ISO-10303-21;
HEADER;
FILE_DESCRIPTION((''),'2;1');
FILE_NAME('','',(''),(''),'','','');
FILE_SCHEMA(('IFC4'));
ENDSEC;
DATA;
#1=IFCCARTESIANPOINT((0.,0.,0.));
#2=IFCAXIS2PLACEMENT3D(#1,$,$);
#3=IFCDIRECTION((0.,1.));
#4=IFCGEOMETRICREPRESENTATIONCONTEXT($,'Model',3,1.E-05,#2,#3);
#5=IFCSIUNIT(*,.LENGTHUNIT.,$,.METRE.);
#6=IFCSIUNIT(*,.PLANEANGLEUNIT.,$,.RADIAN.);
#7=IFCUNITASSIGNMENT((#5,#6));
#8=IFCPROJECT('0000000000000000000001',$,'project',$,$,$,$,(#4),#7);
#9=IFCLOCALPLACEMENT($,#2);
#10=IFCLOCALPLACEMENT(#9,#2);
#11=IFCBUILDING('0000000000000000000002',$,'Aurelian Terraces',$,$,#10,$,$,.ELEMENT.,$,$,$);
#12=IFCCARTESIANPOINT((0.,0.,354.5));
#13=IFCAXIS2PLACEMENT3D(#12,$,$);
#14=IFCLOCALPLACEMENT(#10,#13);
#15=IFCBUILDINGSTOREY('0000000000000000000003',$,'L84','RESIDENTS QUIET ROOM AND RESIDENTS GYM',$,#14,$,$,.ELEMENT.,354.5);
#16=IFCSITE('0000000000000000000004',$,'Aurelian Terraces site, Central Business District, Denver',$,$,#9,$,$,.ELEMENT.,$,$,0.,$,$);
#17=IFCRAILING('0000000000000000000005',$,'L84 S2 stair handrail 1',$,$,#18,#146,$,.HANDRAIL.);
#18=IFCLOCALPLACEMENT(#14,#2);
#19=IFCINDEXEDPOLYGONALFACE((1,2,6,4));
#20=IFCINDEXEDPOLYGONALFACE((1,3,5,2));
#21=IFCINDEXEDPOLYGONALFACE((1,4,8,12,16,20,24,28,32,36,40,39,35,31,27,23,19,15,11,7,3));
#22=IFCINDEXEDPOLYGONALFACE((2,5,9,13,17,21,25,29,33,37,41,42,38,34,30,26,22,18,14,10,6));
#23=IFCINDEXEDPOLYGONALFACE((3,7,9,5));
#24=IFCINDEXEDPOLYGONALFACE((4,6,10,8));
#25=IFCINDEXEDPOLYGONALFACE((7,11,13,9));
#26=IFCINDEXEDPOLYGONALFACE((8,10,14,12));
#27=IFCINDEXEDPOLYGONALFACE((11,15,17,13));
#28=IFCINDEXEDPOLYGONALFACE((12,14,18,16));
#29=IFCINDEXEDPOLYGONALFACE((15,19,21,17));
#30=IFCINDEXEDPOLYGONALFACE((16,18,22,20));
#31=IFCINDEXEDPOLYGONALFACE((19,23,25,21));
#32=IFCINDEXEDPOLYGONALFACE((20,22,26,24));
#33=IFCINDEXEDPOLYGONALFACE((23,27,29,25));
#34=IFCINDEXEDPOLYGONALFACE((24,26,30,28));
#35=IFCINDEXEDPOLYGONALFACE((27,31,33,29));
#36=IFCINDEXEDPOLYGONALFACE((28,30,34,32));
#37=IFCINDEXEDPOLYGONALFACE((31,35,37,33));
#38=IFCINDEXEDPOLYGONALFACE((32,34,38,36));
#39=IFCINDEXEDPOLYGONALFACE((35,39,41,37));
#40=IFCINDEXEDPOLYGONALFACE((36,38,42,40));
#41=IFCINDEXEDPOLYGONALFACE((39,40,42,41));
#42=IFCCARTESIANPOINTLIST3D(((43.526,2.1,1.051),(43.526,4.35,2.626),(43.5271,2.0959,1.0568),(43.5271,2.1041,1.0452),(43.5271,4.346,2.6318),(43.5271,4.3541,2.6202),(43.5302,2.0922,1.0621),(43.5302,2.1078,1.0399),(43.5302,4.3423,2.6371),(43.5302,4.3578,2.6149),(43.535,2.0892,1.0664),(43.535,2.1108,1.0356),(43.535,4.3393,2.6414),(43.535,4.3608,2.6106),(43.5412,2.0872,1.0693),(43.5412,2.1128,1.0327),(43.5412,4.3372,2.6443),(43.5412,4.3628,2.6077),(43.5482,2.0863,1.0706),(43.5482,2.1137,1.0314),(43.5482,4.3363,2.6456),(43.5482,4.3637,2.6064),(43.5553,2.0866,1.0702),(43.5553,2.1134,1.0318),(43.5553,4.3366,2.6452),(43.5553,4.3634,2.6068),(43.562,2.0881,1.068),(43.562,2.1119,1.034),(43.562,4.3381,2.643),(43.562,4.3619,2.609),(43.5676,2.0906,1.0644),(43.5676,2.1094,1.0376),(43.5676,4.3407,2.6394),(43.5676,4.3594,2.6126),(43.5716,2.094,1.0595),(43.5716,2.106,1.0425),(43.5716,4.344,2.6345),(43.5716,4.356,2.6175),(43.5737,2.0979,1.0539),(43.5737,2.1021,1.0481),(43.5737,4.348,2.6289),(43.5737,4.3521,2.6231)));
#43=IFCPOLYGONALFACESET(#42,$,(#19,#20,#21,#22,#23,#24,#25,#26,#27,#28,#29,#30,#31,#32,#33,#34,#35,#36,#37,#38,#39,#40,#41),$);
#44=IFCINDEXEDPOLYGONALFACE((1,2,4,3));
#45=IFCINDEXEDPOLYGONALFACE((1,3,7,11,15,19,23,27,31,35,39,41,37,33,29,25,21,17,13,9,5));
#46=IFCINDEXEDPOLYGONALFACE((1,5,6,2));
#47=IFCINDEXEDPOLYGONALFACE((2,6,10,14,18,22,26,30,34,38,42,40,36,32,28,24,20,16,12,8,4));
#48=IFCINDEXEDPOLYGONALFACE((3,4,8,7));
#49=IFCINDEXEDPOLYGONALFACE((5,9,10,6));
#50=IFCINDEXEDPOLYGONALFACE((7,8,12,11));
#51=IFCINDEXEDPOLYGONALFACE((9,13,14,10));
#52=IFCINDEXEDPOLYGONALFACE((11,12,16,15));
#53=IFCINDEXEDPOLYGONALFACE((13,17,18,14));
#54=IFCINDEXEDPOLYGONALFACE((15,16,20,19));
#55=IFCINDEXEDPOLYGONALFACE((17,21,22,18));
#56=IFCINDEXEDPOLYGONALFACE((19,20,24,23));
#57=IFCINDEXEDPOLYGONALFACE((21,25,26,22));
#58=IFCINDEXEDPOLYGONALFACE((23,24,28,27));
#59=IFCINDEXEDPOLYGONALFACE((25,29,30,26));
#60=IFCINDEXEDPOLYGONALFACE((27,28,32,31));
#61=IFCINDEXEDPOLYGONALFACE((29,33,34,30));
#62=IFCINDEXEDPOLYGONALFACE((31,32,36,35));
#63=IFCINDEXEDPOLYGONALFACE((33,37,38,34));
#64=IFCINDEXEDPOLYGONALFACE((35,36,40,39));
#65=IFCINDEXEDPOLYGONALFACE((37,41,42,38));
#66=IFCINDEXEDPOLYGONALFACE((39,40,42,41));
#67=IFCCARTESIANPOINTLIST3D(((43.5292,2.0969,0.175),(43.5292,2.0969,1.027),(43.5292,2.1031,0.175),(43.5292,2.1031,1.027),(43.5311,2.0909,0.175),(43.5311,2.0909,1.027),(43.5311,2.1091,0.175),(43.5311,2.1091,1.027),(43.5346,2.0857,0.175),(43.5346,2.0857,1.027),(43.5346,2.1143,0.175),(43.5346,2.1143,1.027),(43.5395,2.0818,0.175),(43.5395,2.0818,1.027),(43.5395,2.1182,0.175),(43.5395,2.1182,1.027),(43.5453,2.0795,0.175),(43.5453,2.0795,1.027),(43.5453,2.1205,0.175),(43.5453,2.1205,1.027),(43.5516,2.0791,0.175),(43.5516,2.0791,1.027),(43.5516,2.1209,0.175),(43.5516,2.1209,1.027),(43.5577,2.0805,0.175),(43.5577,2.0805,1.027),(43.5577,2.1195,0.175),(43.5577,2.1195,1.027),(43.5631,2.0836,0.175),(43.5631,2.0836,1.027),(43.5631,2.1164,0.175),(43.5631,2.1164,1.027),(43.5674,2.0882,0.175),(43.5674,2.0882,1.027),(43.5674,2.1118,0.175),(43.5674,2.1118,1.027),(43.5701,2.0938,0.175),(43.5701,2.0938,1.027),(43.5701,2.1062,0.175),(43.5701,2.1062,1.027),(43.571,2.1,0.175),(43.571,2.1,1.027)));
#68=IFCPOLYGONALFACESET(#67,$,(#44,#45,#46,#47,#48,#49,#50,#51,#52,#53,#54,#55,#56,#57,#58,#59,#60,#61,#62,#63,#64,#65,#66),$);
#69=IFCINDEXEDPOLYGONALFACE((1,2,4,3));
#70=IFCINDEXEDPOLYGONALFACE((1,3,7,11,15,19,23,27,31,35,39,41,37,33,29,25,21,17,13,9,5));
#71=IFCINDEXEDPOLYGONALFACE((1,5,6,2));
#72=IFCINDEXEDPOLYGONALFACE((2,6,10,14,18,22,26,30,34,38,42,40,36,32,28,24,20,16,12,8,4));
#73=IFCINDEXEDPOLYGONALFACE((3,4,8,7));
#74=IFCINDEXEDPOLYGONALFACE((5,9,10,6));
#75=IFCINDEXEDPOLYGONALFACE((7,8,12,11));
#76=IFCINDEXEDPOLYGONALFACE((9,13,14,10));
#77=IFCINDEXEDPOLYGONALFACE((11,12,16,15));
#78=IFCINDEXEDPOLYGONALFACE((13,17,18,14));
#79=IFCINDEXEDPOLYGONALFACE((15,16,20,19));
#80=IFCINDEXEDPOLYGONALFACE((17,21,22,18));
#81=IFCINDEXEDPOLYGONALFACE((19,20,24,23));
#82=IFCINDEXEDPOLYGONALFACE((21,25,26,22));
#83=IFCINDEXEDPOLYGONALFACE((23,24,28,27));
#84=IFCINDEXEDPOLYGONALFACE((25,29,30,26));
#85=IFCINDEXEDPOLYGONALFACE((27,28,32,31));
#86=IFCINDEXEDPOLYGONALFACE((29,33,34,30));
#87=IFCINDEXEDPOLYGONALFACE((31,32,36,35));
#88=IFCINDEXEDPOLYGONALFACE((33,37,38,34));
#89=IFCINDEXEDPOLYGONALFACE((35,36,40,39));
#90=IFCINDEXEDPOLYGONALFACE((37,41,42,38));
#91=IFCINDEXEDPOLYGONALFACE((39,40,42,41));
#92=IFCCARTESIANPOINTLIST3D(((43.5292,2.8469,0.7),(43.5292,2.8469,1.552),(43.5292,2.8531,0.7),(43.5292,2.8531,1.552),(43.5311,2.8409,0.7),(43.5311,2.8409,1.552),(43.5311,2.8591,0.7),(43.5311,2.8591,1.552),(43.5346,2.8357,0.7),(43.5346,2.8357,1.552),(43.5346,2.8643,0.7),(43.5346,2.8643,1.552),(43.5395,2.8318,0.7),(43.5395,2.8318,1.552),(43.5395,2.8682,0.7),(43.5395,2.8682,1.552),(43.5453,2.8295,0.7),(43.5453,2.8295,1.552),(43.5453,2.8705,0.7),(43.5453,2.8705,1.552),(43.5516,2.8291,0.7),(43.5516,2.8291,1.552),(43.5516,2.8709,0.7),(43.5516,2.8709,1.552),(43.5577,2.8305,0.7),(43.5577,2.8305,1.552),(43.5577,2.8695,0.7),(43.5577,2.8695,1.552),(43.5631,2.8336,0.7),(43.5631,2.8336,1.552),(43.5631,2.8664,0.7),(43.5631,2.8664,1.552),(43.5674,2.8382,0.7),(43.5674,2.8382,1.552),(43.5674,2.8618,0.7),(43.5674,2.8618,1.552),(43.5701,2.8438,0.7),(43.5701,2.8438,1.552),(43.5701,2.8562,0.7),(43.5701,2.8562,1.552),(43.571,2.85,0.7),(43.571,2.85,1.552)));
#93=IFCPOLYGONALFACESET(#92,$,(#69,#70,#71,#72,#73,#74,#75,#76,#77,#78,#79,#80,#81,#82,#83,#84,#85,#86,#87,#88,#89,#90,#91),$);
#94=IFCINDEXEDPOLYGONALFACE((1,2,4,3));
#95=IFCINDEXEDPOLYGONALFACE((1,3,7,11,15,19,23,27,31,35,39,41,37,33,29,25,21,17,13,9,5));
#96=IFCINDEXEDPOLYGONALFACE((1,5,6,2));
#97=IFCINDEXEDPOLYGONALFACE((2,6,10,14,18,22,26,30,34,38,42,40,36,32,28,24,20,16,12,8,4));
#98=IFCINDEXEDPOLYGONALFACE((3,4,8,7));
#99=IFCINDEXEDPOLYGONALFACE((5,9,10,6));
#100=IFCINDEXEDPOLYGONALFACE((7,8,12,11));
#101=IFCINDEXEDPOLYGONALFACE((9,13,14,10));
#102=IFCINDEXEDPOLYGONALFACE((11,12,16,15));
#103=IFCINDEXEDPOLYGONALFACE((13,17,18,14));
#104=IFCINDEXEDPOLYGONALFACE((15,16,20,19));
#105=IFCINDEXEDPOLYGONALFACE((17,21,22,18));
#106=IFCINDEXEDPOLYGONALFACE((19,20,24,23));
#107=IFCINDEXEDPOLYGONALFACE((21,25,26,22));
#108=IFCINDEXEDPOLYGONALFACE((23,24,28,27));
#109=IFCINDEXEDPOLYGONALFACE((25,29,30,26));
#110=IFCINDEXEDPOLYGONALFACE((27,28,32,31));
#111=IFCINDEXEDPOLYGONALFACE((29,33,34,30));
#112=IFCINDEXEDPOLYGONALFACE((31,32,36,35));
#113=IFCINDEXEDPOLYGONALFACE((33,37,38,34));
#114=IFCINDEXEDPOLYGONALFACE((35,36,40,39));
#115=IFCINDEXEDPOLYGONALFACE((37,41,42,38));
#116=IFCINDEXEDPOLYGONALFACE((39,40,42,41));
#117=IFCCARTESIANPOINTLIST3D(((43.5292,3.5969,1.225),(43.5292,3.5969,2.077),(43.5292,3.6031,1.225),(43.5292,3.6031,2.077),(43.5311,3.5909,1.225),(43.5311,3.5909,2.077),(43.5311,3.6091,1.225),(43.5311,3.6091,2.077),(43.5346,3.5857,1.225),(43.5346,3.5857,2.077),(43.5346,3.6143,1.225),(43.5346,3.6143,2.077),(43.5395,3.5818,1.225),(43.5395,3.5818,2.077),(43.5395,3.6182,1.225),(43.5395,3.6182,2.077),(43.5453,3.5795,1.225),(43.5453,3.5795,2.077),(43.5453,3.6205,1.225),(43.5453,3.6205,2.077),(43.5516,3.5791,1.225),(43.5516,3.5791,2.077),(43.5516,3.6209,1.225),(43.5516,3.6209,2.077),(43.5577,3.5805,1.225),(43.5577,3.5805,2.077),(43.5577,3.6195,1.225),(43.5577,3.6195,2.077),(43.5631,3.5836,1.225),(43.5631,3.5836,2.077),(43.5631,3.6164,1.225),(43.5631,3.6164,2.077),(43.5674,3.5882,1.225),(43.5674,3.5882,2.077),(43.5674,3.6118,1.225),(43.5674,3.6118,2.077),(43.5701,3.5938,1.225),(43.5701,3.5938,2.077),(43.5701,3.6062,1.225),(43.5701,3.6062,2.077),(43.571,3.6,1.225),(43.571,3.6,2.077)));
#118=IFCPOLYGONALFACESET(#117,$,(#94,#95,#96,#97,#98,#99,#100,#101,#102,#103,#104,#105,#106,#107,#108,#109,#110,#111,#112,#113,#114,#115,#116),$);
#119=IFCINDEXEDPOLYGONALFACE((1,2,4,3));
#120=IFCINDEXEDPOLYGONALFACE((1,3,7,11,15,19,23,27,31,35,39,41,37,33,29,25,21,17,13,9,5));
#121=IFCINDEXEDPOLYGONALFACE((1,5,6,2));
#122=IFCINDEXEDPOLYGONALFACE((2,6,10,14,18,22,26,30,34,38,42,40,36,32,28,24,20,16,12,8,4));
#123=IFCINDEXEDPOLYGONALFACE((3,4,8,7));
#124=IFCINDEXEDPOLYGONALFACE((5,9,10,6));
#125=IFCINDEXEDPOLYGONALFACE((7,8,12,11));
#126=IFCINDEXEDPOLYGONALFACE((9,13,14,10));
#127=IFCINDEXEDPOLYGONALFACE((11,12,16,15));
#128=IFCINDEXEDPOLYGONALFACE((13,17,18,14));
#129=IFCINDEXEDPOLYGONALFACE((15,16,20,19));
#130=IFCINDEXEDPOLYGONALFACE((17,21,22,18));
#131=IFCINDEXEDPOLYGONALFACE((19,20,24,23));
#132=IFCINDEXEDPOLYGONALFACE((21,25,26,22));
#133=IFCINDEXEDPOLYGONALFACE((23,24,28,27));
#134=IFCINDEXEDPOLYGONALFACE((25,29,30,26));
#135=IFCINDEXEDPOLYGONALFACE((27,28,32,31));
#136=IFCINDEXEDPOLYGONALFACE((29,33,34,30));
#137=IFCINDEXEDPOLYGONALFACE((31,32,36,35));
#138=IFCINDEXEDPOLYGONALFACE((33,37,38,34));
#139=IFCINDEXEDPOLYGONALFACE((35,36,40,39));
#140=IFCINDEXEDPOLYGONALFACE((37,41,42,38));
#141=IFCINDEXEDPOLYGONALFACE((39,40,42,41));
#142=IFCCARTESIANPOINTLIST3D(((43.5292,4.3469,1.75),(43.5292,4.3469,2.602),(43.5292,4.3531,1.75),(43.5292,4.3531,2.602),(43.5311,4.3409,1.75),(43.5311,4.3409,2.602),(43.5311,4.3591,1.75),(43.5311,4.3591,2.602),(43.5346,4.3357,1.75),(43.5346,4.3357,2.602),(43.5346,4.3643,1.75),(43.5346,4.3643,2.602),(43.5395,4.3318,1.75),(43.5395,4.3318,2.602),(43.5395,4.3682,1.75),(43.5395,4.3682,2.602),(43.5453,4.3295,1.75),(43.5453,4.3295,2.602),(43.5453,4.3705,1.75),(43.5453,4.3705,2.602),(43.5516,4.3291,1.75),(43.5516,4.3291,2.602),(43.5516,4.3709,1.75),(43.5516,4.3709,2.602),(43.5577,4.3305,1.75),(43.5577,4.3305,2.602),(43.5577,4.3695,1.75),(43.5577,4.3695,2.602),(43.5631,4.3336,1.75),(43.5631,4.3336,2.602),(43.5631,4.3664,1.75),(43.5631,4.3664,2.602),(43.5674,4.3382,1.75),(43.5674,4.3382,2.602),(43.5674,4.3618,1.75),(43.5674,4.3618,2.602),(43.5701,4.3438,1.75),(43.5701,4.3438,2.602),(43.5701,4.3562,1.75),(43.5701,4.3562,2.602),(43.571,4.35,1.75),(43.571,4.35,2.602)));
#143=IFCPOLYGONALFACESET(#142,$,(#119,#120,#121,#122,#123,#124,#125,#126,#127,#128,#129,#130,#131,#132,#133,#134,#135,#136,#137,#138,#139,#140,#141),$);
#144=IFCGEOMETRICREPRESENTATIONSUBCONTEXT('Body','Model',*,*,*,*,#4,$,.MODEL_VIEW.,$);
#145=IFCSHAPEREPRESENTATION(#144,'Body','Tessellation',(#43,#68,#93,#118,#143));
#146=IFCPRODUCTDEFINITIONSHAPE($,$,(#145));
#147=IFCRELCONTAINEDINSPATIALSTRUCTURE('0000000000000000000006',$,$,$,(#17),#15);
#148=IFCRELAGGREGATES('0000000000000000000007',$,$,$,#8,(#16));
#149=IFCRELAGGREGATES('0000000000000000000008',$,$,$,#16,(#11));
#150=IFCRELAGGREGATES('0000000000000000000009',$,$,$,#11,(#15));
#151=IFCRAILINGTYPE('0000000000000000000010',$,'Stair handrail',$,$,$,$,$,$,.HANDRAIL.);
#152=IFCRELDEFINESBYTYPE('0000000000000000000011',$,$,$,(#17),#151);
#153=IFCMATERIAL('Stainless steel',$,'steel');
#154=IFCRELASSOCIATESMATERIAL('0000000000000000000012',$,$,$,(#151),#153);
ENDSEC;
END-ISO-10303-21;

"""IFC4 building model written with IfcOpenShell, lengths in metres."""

from ifc_helpers import new_model, si_unit, direction, frame, origin, origin_2d, place, context, subcontext, project, spatial, circle, extrude, source, transform, mapped, material, type_object, element, save


model = new_model("IFC4")

# Units and contexts
model_context = context("Model", 3, precision=1e-05, world=origin(), true_north=direction((0.0, 1.0)))
body_context = subcontext(model_context, "Body", "Model", "MODEL_VIEW")
ifc_project = project(units=[si_unit("LENGTHUNIT", "METRE"), si_unit("PLANEANGLEUNIT", "RADIAN")], contexts=[model_context])

# Site, building, storey
site_placement = place(None, origin())
site = spatial("IfcSite", under=ifc_project, at=site_placement, Name="Aurelian Terraces site, Central Business District, Denver", CompositionType="ELEMENT", RefElevation=0.0)
building_placement = place(site_placement, origin())
building = spatial("IfcBuilding", under=site, at=building_placement, Name="Aurelian Terraces", CompositionType="ELEMENT")
storey_placement = place(building_placement, frame((0.0, 0.0, 354.5)))
storey = spatial("IfcBuildingStorey", under=building, at=storey_placement, Name="L84", Description="RESIDENTS QUIET ROOM AND RESIDENTS GYM", CompositionType="ELEMENT", Elevation=354.5)

# Railing
ifc_material_1 = material(Name="Stainless steel", Category="steel")
railing_type = type_object("IfcRailingType", Name="Stair handrail", PredefinedType="HANDRAIL", material=ifc_material_1)
shared_shape_1 = source(origin(), body_context, "Body", "SweptSolid", [
    extrude(circle(Radius=0.024, at=origin_2d()), frame((0.0, 0.0, 0.876), z_axis=(0.0, 0.819232, 0.573462), x_axis=(-1.0, 0.0, 0.0)), (0.0, 0.0, 1.0), 2.7465),
    extrude(circle(Radius=0.021, at=origin_2d()), origin(), (0.0, 0.0, 1.0), 0.852),
    extrude(circle(Radius=0.021, at=origin_2d()), frame((0.0, 0.75, 0.525)), (0.0, 0.0, 1.0), 0.852),
    extrude(circle(Radius=0.021, at=origin_2d()), frame((0.0, 1.5, 1.05)), (0.0, 0.0, 1.0), 0.852),
    extrude(circle(Radius=0.021, at=origin_2d()), frame((0.0, 2.25, 1.575)), (0.0, 0.0, 1.0), 0.852),
])
railing_placement = place(storey_placement, frame((43.55, 2.1, 0.175)))
element("IfcRailing", 1, at=railing_placement, inside=storey, type_object=railing_type, Name="L84 S2 stair handrail 1", PredefinedType="HANDRAIL", context=body_context, shape_type="MappedRepresentation", body=[
    mapped(shared_shape_1, transform((0.0, 0.0, 0.0), scale=1.0)),
])

save(model, "model.ifc")
